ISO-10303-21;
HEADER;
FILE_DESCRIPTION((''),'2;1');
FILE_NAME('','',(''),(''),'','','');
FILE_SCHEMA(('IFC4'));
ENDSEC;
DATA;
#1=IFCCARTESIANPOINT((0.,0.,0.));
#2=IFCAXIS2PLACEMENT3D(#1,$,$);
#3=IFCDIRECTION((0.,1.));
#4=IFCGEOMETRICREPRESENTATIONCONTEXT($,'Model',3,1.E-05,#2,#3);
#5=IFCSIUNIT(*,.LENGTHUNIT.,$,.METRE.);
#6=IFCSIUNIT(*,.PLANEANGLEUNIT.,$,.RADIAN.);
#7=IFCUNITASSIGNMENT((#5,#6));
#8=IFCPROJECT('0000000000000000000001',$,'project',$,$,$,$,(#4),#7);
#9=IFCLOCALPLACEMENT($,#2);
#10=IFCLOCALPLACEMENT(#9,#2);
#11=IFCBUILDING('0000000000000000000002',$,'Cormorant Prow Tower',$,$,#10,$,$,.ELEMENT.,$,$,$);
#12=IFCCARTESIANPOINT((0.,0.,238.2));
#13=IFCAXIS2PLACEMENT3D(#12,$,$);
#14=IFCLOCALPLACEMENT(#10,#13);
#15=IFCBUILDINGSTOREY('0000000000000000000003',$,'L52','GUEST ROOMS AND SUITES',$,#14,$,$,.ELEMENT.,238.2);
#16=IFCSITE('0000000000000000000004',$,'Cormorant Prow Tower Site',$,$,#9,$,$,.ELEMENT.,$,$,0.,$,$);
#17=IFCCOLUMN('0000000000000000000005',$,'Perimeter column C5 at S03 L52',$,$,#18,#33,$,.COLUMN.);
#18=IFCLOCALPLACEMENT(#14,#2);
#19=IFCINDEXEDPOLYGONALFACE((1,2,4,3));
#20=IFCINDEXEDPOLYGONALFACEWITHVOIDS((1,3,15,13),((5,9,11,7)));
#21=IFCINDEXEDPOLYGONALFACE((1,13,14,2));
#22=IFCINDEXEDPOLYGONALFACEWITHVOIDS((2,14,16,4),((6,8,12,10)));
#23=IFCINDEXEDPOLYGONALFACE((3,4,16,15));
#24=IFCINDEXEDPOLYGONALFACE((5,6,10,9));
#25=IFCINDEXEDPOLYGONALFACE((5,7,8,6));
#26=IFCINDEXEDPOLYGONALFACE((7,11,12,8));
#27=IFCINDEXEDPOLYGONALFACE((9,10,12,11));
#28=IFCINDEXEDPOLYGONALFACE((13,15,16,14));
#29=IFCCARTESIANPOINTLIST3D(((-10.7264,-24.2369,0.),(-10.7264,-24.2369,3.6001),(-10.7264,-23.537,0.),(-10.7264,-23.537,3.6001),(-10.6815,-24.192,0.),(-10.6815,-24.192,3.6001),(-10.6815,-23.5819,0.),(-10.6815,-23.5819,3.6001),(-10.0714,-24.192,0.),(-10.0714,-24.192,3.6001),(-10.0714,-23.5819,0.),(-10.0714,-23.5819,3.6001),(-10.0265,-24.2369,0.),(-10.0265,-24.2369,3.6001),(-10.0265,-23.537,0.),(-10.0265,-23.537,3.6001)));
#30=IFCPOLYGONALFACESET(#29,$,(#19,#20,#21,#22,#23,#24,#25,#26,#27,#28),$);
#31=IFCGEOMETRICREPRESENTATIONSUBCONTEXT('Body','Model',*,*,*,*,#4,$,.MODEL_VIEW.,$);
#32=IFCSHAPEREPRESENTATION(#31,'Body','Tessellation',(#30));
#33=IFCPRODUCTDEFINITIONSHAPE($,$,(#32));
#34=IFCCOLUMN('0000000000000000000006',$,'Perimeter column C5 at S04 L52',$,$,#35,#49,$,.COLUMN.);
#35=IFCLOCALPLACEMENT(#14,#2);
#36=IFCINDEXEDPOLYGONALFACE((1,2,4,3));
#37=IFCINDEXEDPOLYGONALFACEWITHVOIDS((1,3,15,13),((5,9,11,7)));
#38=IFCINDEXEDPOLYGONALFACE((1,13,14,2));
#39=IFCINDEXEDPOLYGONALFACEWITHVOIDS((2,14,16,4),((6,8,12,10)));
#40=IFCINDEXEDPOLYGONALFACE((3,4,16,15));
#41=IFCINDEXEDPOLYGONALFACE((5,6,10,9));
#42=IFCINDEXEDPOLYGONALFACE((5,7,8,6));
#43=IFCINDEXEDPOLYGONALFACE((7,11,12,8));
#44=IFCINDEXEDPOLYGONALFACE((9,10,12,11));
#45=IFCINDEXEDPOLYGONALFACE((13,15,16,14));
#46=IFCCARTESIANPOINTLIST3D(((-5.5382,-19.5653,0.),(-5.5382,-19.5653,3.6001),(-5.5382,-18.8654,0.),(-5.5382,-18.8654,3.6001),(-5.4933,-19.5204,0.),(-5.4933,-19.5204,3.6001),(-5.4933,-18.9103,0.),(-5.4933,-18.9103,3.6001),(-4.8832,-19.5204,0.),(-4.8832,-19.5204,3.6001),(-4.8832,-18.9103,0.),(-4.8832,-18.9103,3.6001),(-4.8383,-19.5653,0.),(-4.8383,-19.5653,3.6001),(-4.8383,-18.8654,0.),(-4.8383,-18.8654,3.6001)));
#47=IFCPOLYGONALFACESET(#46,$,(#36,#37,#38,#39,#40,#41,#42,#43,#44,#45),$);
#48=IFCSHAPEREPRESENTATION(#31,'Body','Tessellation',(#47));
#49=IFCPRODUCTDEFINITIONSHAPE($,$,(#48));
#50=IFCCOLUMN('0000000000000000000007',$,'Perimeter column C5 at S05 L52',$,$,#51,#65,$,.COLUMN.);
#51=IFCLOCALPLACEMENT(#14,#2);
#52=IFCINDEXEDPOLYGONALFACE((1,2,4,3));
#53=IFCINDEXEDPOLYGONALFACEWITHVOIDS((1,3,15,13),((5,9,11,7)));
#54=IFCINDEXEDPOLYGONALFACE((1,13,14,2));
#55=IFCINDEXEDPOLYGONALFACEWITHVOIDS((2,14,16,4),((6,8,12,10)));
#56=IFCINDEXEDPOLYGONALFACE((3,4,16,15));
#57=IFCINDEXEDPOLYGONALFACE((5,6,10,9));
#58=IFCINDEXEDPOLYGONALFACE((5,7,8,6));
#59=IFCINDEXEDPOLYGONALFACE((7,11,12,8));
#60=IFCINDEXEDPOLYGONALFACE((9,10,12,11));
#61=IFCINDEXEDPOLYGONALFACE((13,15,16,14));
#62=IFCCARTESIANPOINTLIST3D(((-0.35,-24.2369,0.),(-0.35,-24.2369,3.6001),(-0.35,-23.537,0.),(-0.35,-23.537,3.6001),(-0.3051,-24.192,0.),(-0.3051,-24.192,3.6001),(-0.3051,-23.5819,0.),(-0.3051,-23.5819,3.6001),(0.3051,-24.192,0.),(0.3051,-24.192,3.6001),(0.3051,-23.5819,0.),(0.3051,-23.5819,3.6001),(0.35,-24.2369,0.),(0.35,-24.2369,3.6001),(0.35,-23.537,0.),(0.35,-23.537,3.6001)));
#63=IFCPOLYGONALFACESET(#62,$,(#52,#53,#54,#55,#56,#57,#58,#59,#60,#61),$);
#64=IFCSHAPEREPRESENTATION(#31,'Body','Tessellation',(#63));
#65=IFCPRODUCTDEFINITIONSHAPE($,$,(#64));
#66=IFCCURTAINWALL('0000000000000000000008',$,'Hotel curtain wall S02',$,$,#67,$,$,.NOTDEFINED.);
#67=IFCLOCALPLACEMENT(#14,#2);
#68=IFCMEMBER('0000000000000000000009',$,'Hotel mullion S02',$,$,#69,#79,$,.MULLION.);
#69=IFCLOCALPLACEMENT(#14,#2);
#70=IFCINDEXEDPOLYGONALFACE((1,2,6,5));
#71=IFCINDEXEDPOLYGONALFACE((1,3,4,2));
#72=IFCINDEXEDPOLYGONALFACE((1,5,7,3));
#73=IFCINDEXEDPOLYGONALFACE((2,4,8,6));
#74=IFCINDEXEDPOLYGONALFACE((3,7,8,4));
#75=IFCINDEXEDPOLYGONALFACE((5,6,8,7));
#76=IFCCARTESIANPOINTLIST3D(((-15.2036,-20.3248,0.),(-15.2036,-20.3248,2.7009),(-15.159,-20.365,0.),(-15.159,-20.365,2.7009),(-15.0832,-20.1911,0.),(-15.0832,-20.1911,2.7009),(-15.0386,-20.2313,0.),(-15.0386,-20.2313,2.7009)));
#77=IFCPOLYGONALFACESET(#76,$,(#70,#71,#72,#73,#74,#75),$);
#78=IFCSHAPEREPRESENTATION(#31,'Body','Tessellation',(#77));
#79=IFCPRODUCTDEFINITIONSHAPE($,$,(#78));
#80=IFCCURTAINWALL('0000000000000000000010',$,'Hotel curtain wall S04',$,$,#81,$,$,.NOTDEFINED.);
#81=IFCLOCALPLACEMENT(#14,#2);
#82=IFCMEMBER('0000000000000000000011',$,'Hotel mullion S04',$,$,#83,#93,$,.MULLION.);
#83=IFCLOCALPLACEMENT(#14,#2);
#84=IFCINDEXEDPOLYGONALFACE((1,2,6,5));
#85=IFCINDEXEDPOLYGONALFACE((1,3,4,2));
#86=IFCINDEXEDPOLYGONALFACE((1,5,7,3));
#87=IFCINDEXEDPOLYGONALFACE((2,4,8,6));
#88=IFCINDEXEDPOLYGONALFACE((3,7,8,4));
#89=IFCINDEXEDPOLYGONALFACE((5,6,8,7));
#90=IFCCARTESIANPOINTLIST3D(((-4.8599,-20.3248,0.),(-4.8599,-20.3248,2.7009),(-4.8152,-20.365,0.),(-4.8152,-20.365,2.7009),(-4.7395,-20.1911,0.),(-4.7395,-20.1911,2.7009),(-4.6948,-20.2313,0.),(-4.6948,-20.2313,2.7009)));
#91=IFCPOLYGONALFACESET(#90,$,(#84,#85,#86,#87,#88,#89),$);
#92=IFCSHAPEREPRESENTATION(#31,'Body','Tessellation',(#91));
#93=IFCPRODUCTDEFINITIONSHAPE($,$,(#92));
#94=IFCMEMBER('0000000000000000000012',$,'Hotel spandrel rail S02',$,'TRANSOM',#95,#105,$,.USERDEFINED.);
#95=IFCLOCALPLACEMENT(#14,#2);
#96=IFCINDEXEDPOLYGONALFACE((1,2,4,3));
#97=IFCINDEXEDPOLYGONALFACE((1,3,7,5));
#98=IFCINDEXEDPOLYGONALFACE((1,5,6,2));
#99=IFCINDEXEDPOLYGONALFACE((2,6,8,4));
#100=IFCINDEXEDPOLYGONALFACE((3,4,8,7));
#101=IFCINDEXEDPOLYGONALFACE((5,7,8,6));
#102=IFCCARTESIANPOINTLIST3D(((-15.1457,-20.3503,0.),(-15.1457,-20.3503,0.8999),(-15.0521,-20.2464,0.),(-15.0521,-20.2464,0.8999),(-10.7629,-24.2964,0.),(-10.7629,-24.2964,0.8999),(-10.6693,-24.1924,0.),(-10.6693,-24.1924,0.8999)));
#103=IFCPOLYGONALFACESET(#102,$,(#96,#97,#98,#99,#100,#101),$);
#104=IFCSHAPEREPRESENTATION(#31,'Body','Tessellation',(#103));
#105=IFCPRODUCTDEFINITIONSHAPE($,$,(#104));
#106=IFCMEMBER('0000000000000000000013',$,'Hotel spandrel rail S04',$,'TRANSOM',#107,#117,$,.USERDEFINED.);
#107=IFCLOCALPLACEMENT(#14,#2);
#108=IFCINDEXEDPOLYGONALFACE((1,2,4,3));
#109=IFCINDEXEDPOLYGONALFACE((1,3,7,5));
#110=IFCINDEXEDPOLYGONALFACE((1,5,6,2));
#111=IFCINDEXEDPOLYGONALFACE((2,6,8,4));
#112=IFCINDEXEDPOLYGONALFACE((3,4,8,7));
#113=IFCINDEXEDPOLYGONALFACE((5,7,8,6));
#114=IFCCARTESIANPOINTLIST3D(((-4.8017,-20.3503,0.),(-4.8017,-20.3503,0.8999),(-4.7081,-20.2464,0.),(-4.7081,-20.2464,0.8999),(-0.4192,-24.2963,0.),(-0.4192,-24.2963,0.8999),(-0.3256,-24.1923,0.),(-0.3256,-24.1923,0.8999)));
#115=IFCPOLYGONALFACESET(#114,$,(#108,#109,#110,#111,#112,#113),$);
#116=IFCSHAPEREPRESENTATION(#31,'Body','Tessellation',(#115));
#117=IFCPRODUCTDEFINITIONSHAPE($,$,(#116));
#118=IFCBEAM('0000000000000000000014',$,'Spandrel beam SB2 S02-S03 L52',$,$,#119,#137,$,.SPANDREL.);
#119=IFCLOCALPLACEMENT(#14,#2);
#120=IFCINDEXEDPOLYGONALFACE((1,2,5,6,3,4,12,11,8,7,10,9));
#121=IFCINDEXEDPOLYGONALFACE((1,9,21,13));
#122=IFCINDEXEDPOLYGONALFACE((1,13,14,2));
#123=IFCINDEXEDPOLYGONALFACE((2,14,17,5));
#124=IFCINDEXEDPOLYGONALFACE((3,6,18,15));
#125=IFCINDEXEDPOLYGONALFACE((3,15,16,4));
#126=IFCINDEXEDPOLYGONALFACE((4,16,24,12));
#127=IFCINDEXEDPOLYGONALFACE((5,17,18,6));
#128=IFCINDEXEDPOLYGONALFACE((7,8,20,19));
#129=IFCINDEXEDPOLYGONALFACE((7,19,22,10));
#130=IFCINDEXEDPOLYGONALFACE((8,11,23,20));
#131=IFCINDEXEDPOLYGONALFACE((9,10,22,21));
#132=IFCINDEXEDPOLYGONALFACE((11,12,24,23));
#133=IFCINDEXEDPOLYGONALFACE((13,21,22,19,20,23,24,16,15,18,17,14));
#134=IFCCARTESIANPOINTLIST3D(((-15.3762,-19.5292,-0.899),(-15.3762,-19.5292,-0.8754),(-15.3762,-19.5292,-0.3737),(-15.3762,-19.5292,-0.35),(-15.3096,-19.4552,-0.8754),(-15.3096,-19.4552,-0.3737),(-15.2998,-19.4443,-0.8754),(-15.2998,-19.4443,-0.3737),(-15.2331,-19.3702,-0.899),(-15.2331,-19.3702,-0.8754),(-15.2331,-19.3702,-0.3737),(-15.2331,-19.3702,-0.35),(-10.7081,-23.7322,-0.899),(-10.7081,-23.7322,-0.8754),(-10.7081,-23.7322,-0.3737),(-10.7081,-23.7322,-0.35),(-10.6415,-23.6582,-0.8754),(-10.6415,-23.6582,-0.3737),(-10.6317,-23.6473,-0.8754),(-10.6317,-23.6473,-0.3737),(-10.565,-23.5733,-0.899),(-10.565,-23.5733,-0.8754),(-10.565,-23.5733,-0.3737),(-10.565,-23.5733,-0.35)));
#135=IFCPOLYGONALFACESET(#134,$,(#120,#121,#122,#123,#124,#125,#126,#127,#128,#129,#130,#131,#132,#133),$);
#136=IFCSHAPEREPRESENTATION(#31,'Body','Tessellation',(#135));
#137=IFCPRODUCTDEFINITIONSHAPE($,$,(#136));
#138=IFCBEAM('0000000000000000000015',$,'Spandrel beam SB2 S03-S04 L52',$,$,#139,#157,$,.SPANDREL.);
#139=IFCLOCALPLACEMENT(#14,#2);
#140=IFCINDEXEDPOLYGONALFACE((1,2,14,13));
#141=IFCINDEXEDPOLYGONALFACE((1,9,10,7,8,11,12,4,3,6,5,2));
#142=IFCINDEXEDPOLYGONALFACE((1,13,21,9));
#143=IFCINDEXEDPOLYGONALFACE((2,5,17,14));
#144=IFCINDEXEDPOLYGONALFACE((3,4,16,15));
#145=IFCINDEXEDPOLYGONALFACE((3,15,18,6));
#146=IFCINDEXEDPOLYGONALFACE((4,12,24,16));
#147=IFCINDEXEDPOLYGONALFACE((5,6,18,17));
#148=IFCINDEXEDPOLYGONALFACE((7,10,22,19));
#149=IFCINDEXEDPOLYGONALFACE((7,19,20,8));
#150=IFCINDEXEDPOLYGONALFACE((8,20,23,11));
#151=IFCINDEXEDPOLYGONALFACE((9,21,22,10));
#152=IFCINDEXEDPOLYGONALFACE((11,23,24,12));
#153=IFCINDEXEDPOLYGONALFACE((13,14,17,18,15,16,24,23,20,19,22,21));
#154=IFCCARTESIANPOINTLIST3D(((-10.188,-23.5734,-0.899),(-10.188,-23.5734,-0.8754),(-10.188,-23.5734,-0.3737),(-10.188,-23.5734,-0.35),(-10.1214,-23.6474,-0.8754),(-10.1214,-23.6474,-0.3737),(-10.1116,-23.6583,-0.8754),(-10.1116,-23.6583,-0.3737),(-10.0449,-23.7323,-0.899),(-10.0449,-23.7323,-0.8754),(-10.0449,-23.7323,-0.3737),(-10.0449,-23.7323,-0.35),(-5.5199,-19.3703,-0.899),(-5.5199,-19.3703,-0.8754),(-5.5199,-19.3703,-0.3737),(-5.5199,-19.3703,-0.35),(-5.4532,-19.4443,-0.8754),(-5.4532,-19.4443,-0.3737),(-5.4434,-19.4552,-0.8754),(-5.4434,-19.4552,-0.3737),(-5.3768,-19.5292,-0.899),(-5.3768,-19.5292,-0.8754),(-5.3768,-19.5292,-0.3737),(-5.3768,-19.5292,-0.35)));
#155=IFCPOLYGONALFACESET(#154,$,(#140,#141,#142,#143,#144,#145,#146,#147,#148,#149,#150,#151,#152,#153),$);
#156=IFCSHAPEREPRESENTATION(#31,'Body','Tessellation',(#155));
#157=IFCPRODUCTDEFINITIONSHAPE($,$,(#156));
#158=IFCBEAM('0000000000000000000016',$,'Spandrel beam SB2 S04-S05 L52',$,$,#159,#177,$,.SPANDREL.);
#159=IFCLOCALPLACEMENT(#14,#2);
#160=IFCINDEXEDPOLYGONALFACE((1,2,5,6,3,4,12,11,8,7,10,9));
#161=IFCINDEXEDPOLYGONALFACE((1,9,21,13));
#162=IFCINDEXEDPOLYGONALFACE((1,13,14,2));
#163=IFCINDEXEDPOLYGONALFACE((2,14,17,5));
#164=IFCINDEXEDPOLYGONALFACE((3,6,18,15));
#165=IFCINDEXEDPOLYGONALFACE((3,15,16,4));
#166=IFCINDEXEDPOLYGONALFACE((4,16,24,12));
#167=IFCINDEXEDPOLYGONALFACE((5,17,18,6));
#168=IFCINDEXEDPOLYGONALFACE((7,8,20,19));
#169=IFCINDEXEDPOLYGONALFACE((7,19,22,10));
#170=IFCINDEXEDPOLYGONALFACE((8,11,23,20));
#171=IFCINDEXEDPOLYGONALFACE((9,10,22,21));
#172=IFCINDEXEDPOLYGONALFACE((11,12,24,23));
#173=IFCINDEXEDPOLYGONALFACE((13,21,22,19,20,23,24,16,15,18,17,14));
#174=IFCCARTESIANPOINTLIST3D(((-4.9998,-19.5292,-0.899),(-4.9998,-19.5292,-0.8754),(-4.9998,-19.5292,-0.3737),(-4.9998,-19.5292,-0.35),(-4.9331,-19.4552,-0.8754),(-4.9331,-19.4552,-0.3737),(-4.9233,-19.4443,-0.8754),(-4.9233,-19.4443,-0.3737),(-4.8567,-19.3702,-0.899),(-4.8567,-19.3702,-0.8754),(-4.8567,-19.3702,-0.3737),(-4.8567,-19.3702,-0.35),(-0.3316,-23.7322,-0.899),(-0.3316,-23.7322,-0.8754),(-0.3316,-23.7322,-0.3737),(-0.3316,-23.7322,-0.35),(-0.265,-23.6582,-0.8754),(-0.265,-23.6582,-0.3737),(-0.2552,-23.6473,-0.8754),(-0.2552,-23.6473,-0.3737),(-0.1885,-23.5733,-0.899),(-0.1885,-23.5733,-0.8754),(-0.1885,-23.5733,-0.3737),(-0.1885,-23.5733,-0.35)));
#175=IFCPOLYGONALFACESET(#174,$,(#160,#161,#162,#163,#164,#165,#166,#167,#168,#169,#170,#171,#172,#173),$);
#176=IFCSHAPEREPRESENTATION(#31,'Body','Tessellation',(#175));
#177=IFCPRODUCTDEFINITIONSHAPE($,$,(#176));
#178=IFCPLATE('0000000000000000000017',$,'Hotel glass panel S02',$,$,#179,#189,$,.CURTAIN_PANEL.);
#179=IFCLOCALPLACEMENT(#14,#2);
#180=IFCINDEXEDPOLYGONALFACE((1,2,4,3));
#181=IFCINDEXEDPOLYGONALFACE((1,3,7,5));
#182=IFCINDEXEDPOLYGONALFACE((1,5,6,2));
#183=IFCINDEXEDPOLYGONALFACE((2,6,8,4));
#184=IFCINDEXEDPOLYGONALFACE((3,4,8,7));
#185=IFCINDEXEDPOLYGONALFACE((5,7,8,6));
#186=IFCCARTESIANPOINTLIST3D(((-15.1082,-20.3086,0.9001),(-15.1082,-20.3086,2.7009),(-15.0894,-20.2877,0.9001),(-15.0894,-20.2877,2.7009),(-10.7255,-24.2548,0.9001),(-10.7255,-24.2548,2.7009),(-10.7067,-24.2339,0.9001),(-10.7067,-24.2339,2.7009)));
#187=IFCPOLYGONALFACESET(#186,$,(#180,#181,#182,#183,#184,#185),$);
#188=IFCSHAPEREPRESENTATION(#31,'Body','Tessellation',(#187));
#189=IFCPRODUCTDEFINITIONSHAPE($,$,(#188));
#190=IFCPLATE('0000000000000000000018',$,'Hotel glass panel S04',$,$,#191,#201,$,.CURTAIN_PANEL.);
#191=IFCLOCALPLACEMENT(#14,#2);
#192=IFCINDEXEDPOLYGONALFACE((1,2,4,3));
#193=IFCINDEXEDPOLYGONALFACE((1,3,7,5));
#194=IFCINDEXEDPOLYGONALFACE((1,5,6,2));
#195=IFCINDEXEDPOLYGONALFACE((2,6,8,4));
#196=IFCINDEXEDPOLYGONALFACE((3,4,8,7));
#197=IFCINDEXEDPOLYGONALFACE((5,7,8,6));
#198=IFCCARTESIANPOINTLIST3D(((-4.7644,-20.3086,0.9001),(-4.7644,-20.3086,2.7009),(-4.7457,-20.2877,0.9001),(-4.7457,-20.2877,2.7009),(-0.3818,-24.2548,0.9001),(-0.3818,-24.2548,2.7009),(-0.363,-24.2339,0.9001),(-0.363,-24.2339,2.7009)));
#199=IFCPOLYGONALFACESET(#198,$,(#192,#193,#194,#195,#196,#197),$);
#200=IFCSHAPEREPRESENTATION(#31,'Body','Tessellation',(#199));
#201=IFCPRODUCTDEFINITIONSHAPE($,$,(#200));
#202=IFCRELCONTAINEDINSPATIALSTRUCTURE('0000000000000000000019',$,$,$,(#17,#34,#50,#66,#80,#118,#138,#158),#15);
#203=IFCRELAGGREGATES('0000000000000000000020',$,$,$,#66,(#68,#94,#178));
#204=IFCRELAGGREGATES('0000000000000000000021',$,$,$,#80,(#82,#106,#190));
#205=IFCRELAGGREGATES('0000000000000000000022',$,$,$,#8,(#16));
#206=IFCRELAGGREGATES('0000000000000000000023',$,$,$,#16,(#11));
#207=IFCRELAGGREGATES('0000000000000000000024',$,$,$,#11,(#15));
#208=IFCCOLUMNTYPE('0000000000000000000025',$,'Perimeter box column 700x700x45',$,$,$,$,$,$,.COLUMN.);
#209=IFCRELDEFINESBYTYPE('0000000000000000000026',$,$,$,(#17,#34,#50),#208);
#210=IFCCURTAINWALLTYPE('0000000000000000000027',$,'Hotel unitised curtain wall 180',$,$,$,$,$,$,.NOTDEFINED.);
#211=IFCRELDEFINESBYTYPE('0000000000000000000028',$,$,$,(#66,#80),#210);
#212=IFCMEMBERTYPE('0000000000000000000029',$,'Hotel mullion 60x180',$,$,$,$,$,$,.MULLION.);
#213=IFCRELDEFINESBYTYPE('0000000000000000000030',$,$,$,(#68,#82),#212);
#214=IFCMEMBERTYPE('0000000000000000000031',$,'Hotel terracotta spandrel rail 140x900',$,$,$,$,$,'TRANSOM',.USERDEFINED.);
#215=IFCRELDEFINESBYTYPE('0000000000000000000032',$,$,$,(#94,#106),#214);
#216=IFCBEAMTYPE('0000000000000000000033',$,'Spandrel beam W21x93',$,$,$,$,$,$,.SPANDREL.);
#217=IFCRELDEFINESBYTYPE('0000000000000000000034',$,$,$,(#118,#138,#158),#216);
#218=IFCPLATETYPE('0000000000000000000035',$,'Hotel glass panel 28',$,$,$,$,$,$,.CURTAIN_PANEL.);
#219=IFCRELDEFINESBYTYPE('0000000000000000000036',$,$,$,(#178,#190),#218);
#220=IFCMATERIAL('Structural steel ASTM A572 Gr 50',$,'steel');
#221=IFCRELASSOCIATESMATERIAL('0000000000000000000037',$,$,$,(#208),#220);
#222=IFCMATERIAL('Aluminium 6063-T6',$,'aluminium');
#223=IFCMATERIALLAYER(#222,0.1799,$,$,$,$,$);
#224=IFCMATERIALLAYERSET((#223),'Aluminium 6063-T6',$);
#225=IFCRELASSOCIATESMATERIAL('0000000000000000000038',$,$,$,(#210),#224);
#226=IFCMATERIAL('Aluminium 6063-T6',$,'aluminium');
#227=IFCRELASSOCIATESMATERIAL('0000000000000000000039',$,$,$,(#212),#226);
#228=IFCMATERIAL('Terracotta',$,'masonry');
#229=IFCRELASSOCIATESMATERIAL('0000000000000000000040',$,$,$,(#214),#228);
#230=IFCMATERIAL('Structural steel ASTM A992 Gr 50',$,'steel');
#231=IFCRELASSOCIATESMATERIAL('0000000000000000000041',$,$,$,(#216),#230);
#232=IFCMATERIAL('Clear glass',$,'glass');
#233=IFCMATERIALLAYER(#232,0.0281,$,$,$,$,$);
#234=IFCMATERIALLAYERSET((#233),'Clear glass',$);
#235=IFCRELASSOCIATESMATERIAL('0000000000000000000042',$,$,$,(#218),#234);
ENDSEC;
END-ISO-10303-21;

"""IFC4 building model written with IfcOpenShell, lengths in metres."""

from ifc_helpers import new_model, si_unit, direction, frame, origin, origin_2d, place, context, subcontext, project, spatial, rectangle, hollow_rectangle, i_section, extrude, material, layer, layer_set, material_profile, profile_set, type_object, element, aggregate, save


model = new_model("IFC4")

# Units and contexts
model_context = context("Model", 3, precision=1e-05, world=origin(), true_north=direction((0.0, 1.0)))
body_context = subcontext(model_context, "Body", "Model", "MODEL_VIEW")
ifc_project = project(units=[si_unit("LENGTHUNIT", "METRE"), si_unit("PLANEANGLEUNIT", "RADIAN")], contexts=[model_context])

# Site, building, storey
site_placement = place(None, origin())
site = spatial("IfcSite", under=ifc_project, at=site_placement, Name="Cormorant Prow Tower Site", CompositionType="ELEMENT", RefElevation=0.0)
building_placement = place(site_placement, origin())
building = spatial("IfcBuilding", under=site, at=building_placement, Name="Cormorant Prow Tower", CompositionType="ELEMENT")
storey_placement = place(building_placement, frame((0.0, 0.0, 238.2)))
storey = spatial("IfcBuildingStorey", under=building, at=storey_placement, Name="L52", Description="GUEST ROOMS AND SUITES", CompositionType="ELEMENT", Elevation=238.2)

# Columns
ifc_material_1 = material(Name="Structural steel ASTM A572 Gr 50", Category="steel")
ifc_material_profile_1 = material_profile(ifc_material_1, hollow_rectangle(XDim=0.7, YDim=0.7, WallThickness=0.0449, at=origin_2d()), Name="Box 700x700x45")
ifc_profile_set_1 = profile_set([ifc_material_profile_1], Name="Structural steel ASTM A572 Gr 50")
column_type = type_object("IfcColumnType", Name="Perimeter box column 700x700x45", PredefinedType="COLUMN", material=ifc_profile_set_1)
for number, where, z_axis, x_axis, name in (
    (1, (-10.3765, -23.887, 0.0), (0.0, 0.0, 1.0), (1.0, 0.0, 0.0), "Perimeter column C5 at S03 L52"),
    (2, (-5.1882, -19.2153, 0.0), (0.0, 0.0, 1.0), (1.0, 0.0, 0.0), "Perimeter column C5 at S04 L52"),
    (3, (0.0, -23.887, 0.0), (0.0, 0.0, 1.0), (1.0, 0.0, 0.0), "Perimeter column C5 at S05 L52"),
):
    element("IfcColumn", number, at=place(storey_placement, frame(where, z_axis=z_axis, x_axis=x_axis)), inside=storey, type_object=column_type, Name=name, PredefinedType="COLUMN", context=body_context, shape_type="SweptSolid", body=[
        extrude(hollow_rectangle(XDim=0.7, YDim=0.7, WallThickness=0.0449, at=origin_2d()), origin(), (0.0, 0.0, 1.0), 3.6001),
    ])

# Curtain walls, members
ifc_material_2 = material(Name="Aluminium 6063-T6", Category="aluminium")
ifc_layer_1 = layer(ifc_material_2, 0.1799)
ifc_layer_set_1 = layer_set([ifc_layer_1], Name="Aluminium 6063-T6")
curtain_wall_type = type_object("IfcCurtainWallType", Name="Hotel unitised curtain wall 180", PredefinedType="NOTDEFINED", material=ifc_layer_set_1)
curtain_wall_1_placement = place(storey_placement, origin())
curtain_wall_1 = element("IfcCurtainWall", 4, at=curtain_wall_1_placement, inside=storey, type_object=curtain_wall_type, Name="Hotel curtain wall S02", PredefinedType="NOTDEFINED")
ifc_material_3 = material(Name="Aluminium 6063-T6", Category="aluminium")
ifc_material_profile_2 = material_profile(ifc_material_3, rectangle(XDim=0.1799, YDim=0.0601, at=origin_2d()), Name="Hotel mullion 60x180")
ifc_profile_set_2 = profile_set([ifc_material_profile_2], Name="Aluminium 6063-T6")
member_type_1 = type_object("IfcMemberType", Name="Hotel mullion 60x180", PredefinedType="MULLION", material=ifc_profile_set_2)
member_1_placement = place(storey_placement, frame((-15.1211, -20.2781, 0.0), z_axis=(0.0, 0.0, 1.0), x_axis=(0.669131, 0.743145, 0.0)))
member_1 = element("IfcMember", 5, at=member_1_placement, type_object=member_type_1, Name="Hotel mullion S02", PredefinedType="MULLION", context=body_context, shape_type="SweptSolid", body=[
    extrude(rectangle(XDim=0.1799, YDim=0.0601, at=origin_2d()), origin(), (0.0, 0.0, 1.0), 2.7009),
])
curtain_wall_2_placement = place(storey_placement, origin())
curtain_wall_2 = element("IfcCurtainWall", 6, at=curtain_wall_2_placement, inside=storey, type_object=curtain_wall_type, Name="Hotel curtain wall S04", PredefinedType="NOTDEFINED")
member_2_placement = place(storey_placement, frame((-4.7773, -20.2781, 0.0), z_axis=(0.0, 0.0, 1.0), x_axis=(0.669131, 0.743145, 0.0)))
member_2 = element("IfcMember", 7, at=member_2_placement, type_object=member_type_1, Name="Hotel mullion S04", PredefinedType="MULLION", context=body_context, shape_type="SweptSolid", body=[
    extrude(rectangle(XDim=0.1799, YDim=0.0601, at=origin_2d()), origin(), (0.0, 0.0, 1.0), 2.7009),
])

# Members
ifc_material_4 = material(Name="Terracotta", Category="masonry")
ifc_material_profile_3 = material_profile(ifc_material_4, rectangle(XDim=0.1399, YDim=0.8999, at=origin_2d()), Name="Hotel terracotta spandrel rail 140x900")
ifc_profile_set_3 = profile_set([ifc_material_profile_3], Name="Terracotta")
member_type_2 = type_object("IfcMemberType", Name="Hotel terracotta spandrel rail 140x900", ElementType="TRANSOM", PredefinedType="USERDEFINED", material=ifc_profile_set_3)
member_3_placement = place(storey_placement, frame((-15.0989, -20.2983, 0.45), z_axis=(0.743167, -0.669107, 0.0), x_axis=(0.669107, 0.743167, 0.0)))
member_3 = element("IfcMember", 8, at=member_3_placement, type_object=member_type_2, Name="Hotel spandrel rail S02", ObjectType="TRANSOM", PredefinedType="USERDEFINED", context=body_context, shape_type="SweptSolid", body=[
    extrude(rectangle(XDim=0.1399, YDim=0.8999, at=origin_2d()), origin(), (0.0, 0.0, 1.0), 5.8975),
])
member_4_placement = place(storey_placement, frame((-4.7549, -20.2983, 0.45), z_axis=(0.743148, -0.669127, 0.0), x_axis=(0.669127, 0.743148, 0.0)))
member_4 = element("IfcMember", 9, at=member_4_placement, type_object=member_type_2, Name="Hotel spandrel rail S04", ObjectType="TRANSOM", PredefinedType="USERDEFINED", context=body_context, shape_type="SweptSolid", body=[
    extrude(rectangle(XDim=0.1399, YDim=0.8999, at=origin_2d()), origin(), (0.0, 0.0, 1.0), 5.8972),
])

# Beams
ifc_material_5 = material(Name="Structural steel ASTM A992 Gr 50", Category="steel")
ifc_material_profile_4 = material_profile(ifc_material_5, i_section(OverallWidth=0.2139, OverallDepth=0.5491, WebThickness=0.0146, FlangeThickness=0.0237, at=origin_2d()), Name="W21x93")
ifc_profile_set_4 = profile_set([ifc_material_profile_4], Name="Structural steel ASTM A992 Gr 50")
beam_type = type_object("IfcBeamType", Name="Spandrel beam W21x93", PredefinedType="SPANDREL", material=ifc_profile_set_4)
for number, where, z_axis, x_axis, name in (
    (10, (-15.3047, -19.4497, -0.6245), (0.743157, -0.669117, 0.0), (0.669117, 0.743157, 0.0), "Spandrel beam SB2 S02-S03 L52"),
    (11, (-10.1165, -23.6528, -0.6245), (0.743157, 0.669117, 0.0), (-0.669117, 0.743157, 0.0), "Spandrel beam SB2 S03-S04 L52"),
    (12, (-4.9282, -19.4497, -0.6245), (0.743157, -0.669117, 0.0), (0.669117, 0.743157, 0.0), "Spandrel beam SB2 S04-S05 L52"),
):
    element("IfcBeam", number, at=place(storey_placement, frame(where, z_axis=z_axis, x_axis=x_axis)), inside=storey, type_object=beam_type, Name=name, PredefinedType="SPANDREL", context=body_context, shape_type="SweptSolid", body=[
        extrude(i_section(OverallWidth=0.2139, OverallDepth=0.5491, WebThickness=0.0146, FlangeThickness=0.0237, at=origin_2d()), origin(), (0.0, 0.0, 1.0), 6.2815),
    ])

# Plates
ifc_material_6 = material(Name="Clear glass", Category="glass")
ifc_layer_2 = layer(ifc_material_6, 0.0281)
ifc_layer_set_2 = layer_set([ifc_layer_2], Name="Clear glass")
plate_type = type_object("IfcPlateType", Name="Hotel glass panel 28", PredefinedType="CURTAIN_PANEL", material=ifc_layer_set_2)
plate_1_placement = place(storey_placement, frame((-12.9075, -22.2712, 0.9001), z_axis=(0.0, 0.0, 1.0), x_axis=(0.743145, -0.669131, 0.0)))
plate_1 = element("IfcPlate", 13, at=plate_1_placement, type_object=plate_type, Name="Hotel glass panel S02", PredefinedType="CURTAIN_PANEL", context=body_context, shape_type="SweptSolid", body=[
    extrude(rectangle(XDim=5.8975, YDim=0.0281, at=origin_2d()), origin(), (0.0, 0.0, 1.0), 1.8008),
])
aggregate(curtain_wall_1, [member_1, member_3, plate_1])
plate_2_placement = place(storey_placement, frame((-2.5637, -22.2712, 0.9001), z_axis=(0.0, 0.0, 1.0), x_axis=(0.743145, -0.669131, 0.0)))
plate_2 = element("IfcPlate", 14, at=plate_2_placement, type_object=plate_type, Name="Hotel glass panel S04", PredefinedType="CURTAIN_PANEL", context=body_context, shape_type="SweptSolid", body=[
    extrude(rectangle(XDim=5.8975, YDim=0.0281, at=origin_2d()), origin(), (0.0, 0.0, 1.0), 1.8008),
])
aggregate(curtain_wall_2, [member_2, member_4, plate_2])

save(model, "model.ifc")
